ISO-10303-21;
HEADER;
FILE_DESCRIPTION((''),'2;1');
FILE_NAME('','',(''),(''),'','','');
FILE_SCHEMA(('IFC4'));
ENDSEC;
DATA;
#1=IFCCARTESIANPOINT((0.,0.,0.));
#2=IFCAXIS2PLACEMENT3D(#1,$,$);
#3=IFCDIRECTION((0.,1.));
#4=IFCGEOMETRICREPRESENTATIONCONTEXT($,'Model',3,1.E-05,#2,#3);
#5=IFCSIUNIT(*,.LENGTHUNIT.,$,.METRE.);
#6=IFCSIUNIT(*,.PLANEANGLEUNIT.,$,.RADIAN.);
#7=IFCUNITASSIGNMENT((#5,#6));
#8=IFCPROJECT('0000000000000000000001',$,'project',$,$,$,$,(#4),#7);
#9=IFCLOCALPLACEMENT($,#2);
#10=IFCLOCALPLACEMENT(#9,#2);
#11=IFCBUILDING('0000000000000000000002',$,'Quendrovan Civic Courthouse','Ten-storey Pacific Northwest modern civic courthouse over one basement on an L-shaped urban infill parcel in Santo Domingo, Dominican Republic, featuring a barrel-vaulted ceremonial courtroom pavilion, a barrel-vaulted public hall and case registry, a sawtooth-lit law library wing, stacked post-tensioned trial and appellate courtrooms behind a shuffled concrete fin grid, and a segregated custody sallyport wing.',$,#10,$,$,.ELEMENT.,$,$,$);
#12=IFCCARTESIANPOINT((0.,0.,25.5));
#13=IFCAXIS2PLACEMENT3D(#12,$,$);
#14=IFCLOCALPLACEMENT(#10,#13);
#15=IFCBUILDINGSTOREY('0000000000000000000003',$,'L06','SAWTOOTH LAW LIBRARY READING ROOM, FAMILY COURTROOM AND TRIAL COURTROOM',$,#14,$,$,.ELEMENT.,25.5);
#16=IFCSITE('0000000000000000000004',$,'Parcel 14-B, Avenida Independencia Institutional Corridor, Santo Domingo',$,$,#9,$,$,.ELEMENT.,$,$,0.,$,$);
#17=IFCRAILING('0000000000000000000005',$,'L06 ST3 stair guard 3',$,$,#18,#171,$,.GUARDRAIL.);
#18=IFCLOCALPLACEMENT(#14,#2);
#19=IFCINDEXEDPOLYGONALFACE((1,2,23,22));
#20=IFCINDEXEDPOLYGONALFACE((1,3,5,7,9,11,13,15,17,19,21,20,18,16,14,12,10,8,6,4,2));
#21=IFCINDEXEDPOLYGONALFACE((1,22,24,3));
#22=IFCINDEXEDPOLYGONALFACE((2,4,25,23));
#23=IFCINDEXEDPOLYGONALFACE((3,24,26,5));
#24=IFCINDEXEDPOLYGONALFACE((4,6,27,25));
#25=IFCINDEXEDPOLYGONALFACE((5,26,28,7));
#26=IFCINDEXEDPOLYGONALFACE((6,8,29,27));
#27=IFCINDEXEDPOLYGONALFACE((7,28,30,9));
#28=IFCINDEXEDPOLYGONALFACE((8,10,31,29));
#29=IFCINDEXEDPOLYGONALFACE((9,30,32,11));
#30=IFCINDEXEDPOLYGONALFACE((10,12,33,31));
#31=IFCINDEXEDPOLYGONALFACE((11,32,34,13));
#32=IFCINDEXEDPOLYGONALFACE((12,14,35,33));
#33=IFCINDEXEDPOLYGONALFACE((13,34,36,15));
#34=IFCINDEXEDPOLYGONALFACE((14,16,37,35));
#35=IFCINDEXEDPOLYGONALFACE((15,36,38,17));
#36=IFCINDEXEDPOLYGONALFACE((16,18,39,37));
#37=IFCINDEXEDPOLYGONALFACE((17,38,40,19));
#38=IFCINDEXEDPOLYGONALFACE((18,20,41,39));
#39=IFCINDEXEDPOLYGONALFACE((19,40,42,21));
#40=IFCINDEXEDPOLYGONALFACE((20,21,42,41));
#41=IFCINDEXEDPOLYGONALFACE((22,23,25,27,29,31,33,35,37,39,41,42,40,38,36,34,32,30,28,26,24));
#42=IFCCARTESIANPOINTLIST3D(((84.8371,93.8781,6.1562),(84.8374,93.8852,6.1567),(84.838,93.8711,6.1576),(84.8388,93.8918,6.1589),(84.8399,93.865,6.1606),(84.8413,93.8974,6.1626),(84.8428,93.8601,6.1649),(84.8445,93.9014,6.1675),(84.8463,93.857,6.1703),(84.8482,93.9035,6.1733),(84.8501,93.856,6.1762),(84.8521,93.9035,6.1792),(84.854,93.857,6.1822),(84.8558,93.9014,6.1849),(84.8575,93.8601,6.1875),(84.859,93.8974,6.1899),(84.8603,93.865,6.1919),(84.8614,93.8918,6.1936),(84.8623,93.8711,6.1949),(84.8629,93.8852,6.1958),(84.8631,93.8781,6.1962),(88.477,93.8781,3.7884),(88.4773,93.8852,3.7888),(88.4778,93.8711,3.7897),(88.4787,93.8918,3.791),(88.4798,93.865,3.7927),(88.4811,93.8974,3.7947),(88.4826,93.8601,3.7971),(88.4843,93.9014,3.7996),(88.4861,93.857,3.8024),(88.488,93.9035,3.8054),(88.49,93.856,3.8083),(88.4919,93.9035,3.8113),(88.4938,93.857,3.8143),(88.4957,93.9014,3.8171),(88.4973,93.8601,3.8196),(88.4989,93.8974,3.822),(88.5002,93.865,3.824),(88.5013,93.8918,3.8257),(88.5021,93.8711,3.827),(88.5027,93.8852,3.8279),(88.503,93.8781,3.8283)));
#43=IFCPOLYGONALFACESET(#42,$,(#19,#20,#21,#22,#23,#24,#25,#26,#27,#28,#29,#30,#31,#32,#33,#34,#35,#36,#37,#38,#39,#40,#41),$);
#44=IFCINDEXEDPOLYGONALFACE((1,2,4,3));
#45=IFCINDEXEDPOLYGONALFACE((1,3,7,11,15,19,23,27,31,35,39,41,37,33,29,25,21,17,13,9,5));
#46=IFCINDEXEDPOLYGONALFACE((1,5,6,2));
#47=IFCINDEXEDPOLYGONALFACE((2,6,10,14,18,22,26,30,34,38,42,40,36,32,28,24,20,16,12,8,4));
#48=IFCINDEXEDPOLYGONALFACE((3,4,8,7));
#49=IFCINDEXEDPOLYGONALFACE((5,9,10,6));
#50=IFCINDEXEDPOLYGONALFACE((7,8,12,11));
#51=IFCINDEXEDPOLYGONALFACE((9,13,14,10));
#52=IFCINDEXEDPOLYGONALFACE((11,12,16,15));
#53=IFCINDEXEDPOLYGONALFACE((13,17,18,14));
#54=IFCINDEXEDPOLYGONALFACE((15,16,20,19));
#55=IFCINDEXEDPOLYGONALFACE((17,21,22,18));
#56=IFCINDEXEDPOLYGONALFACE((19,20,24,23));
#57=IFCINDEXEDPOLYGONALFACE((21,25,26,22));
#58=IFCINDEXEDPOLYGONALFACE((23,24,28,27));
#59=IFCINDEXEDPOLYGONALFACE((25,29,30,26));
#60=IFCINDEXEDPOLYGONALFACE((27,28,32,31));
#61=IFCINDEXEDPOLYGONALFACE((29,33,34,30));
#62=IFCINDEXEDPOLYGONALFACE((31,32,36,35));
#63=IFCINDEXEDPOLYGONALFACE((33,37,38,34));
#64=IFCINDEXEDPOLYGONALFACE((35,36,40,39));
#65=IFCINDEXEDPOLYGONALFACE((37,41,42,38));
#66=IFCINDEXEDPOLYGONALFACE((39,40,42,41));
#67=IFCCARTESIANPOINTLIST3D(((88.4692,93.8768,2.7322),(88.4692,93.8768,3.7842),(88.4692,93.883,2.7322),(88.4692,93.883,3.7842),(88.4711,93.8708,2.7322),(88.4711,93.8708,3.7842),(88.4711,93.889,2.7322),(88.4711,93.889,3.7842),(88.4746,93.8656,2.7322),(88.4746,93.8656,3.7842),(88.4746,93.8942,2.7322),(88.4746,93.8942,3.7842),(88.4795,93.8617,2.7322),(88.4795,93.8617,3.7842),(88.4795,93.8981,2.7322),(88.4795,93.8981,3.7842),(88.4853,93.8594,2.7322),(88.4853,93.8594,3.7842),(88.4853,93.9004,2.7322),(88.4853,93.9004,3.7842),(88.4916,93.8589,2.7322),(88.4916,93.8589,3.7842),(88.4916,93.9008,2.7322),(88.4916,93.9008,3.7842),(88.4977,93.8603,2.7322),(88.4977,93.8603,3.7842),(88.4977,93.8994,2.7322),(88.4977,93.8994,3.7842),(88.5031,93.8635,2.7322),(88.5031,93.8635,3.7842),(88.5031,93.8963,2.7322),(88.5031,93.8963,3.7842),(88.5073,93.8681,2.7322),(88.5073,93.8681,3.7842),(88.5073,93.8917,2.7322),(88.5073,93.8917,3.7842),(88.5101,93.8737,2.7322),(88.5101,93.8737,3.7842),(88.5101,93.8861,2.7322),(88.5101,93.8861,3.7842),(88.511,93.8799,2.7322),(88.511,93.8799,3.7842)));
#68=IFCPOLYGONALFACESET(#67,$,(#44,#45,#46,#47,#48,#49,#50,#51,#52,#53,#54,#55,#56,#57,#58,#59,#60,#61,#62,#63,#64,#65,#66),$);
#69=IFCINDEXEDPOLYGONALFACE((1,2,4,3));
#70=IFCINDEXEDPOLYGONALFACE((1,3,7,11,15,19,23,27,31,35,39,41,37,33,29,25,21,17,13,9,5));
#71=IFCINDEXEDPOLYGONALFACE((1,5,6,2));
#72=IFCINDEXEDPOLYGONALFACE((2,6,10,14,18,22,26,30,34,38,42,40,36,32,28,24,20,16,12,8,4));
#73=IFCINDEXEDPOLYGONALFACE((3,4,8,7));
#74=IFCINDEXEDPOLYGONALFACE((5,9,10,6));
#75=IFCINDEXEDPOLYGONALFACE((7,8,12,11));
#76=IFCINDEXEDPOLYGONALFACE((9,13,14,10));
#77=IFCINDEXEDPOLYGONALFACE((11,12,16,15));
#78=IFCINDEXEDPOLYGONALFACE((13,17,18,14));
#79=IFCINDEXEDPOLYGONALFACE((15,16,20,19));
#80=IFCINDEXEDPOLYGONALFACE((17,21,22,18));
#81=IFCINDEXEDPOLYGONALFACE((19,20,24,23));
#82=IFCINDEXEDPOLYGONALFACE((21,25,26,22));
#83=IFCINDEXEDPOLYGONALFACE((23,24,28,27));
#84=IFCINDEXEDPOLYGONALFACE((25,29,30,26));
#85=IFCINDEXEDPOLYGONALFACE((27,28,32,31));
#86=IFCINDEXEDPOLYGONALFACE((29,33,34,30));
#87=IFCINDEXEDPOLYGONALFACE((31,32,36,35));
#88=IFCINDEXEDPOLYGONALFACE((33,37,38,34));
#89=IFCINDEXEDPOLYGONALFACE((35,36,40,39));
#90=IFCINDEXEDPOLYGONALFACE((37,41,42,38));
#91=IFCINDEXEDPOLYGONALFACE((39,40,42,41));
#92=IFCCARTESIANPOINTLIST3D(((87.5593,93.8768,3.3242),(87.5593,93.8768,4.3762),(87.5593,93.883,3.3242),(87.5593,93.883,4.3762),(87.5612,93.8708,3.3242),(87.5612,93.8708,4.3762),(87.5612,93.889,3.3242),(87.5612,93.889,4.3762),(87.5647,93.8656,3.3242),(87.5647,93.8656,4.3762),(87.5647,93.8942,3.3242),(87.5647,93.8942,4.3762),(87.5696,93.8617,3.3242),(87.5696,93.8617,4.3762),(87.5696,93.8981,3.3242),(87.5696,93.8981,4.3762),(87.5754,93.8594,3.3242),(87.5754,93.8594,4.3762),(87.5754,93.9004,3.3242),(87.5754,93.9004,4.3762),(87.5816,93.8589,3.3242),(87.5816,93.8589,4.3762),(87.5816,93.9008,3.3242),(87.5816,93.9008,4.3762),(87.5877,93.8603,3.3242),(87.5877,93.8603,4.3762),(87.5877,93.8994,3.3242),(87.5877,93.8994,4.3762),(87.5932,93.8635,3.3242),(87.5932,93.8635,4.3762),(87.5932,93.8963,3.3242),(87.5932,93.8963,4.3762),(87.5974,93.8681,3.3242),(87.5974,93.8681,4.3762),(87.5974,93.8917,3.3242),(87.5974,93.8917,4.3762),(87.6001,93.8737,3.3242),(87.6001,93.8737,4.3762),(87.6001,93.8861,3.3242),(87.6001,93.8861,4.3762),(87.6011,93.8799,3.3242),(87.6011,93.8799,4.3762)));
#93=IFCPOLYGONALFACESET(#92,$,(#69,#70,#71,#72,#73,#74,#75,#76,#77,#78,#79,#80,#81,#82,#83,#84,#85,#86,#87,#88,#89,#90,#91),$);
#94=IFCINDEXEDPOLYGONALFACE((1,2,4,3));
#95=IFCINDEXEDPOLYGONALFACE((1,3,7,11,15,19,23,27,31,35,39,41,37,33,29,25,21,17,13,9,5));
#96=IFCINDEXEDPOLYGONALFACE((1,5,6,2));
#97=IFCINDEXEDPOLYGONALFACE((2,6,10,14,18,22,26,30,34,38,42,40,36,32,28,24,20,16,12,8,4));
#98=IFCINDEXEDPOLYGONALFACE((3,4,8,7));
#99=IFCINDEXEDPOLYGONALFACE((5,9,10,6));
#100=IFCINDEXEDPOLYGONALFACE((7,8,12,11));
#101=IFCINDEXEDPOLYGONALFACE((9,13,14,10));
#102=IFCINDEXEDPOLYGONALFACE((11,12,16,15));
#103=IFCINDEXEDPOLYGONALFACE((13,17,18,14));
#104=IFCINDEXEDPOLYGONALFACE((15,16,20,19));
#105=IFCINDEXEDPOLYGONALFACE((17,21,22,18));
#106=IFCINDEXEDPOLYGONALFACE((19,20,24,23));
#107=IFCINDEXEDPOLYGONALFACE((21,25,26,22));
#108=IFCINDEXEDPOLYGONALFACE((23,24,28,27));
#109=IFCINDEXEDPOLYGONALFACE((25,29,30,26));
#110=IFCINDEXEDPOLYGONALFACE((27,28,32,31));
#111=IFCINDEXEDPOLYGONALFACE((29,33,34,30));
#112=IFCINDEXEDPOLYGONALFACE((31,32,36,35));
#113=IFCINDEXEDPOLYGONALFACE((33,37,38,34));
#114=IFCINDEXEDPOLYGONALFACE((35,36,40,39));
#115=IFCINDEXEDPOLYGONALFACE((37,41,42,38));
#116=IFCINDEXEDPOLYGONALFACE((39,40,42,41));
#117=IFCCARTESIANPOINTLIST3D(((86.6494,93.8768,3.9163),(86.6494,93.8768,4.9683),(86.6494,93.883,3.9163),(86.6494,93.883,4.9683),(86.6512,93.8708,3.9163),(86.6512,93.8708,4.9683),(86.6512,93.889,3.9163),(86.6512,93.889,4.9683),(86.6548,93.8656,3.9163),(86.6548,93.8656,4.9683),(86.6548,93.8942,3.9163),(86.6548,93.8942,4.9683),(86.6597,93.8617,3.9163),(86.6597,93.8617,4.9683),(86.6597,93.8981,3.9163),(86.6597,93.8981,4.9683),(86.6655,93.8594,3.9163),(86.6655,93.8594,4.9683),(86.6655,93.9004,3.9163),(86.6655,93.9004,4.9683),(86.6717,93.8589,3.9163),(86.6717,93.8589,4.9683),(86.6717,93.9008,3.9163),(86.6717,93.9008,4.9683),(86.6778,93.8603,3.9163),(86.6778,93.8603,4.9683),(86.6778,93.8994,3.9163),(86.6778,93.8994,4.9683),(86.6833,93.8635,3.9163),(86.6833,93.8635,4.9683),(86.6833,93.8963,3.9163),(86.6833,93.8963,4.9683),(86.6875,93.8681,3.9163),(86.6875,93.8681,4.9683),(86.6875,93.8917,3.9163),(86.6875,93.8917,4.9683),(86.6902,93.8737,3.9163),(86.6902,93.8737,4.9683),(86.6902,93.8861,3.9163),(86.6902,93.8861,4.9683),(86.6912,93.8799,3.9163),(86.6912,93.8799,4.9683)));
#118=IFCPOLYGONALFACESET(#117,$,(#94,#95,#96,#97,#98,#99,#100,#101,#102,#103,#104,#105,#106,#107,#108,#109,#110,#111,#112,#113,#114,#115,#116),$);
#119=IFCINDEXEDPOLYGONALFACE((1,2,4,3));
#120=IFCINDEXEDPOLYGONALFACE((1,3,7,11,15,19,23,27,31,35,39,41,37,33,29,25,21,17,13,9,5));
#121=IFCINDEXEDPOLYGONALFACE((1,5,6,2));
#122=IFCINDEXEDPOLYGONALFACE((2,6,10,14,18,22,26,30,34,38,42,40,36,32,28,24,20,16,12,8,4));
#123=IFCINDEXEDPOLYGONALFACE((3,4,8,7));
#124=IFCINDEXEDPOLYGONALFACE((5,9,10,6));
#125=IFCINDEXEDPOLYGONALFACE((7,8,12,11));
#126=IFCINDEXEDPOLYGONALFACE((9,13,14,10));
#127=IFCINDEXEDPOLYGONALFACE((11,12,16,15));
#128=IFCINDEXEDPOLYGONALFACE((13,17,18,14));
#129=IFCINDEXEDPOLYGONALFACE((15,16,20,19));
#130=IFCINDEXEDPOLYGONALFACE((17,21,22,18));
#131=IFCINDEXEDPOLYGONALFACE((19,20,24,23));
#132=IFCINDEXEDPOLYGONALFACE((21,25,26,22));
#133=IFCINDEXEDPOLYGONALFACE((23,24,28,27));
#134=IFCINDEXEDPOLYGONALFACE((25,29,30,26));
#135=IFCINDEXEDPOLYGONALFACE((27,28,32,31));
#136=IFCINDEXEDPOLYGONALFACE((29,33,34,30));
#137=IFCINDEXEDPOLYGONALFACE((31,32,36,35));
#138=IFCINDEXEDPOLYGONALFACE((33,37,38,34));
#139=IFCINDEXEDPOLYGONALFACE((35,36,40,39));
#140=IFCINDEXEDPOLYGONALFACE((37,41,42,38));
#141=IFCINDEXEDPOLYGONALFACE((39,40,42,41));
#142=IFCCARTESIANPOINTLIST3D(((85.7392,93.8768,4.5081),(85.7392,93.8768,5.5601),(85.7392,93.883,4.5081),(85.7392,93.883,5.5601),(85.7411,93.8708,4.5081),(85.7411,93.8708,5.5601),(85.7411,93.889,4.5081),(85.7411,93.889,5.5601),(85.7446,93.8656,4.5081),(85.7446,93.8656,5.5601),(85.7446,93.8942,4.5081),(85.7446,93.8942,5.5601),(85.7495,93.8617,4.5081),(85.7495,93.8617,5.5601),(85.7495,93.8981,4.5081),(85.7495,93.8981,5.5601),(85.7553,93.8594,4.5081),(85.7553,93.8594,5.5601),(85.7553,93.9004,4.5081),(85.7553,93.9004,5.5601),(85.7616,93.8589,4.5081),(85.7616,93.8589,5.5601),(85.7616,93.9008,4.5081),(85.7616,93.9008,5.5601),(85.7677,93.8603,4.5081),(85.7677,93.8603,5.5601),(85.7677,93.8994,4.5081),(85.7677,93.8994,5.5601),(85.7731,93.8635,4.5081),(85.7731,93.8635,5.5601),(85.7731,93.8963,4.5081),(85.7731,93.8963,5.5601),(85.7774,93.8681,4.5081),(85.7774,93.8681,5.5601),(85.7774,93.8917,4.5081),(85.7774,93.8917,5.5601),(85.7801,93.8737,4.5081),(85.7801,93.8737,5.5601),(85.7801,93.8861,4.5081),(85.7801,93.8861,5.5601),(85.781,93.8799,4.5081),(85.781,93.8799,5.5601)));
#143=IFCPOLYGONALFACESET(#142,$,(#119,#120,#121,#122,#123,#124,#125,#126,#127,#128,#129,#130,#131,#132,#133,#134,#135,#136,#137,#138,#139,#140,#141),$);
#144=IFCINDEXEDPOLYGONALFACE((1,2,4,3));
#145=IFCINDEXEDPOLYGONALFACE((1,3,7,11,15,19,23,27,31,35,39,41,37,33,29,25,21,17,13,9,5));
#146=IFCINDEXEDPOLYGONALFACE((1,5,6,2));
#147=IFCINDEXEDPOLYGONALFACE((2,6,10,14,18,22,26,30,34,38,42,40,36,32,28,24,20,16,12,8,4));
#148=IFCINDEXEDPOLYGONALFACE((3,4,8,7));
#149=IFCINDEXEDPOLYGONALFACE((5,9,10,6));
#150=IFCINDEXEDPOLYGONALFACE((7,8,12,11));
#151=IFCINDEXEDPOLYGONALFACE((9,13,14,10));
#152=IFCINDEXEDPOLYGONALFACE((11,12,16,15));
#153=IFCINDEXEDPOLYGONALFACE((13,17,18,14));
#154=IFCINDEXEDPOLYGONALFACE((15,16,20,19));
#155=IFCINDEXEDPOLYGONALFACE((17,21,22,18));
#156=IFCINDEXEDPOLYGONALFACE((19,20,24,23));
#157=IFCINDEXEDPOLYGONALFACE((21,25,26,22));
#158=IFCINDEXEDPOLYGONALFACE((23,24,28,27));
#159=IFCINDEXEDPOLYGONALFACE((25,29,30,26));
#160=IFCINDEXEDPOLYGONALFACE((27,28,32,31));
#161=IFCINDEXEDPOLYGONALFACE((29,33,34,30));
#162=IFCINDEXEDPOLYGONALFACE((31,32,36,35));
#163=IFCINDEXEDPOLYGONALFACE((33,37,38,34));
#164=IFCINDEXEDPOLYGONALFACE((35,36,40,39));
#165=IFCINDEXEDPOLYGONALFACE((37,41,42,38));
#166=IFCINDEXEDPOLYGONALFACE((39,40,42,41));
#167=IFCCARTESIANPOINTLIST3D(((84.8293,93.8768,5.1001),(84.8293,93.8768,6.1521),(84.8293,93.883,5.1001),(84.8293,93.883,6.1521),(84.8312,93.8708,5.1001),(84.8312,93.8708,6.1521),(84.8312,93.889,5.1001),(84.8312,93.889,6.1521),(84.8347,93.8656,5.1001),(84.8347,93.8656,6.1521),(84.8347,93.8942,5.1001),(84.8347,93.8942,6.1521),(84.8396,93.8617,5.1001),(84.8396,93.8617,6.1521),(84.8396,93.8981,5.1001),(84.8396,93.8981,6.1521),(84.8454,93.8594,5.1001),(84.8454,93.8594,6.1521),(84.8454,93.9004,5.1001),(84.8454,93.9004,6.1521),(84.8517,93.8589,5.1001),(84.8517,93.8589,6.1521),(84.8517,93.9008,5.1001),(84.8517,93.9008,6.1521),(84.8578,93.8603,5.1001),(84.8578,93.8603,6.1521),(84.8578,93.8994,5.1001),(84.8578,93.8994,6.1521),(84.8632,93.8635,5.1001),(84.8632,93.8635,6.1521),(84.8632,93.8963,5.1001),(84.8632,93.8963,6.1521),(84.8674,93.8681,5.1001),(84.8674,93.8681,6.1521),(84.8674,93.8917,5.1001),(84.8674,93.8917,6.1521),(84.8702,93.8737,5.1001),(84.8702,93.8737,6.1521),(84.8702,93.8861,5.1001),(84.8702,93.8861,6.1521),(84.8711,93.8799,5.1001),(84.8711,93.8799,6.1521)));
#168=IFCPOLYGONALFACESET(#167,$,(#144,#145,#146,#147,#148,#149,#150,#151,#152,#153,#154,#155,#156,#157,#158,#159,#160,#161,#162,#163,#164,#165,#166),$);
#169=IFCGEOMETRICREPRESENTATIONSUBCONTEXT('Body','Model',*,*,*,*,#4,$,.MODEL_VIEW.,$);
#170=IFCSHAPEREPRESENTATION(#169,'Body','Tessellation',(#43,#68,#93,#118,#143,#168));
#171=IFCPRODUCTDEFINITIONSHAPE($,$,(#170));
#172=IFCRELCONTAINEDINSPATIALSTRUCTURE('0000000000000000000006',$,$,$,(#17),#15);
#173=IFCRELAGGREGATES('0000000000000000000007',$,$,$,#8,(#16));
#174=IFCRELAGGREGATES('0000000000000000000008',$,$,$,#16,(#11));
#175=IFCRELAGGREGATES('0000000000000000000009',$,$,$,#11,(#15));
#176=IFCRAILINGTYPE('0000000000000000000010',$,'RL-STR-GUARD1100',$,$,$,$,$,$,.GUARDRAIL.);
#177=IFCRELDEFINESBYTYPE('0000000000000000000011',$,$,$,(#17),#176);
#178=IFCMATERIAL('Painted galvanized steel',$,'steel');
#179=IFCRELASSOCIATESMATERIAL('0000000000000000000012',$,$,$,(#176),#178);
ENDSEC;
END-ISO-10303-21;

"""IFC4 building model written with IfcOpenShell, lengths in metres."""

from ifc_helpers import new_model, si_unit, direction, frame, origin, origin_2d, place, context, subcontext, project, spatial, circle, extrude, material, type_object, element, save


model = new_model("IFC4")

# Units and contexts
model_context = context("Model", 3, precision=1e-05, world=origin(), true_north=direction((0.0, 1.0)))
body_context = subcontext(model_context, "Body", "Model", "MODEL_VIEW")
ifc_project = project(units=[si_unit("LENGTHUNIT", "METRE"), si_unit("PLANEANGLEUNIT", "RADIAN")], contexts=[model_context])

# Site, building, storey
site_placement = place(None, origin())
site = spatial("IfcSite", under=ifc_project, at=site_placement, Name="Parcel 14-B, Avenida Independencia Institutional Corridor, Santo Domingo", CompositionType="ELEMENT", RefElevation=0.0)
building_placement = place(site_placement, origin())
building = spatial("IfcBuilding", under=site, at=building_placement, Name="Quendrovan Civic Courthouse", Description="Ten-storey Pacific Northwest modern civic courthouse over one basement on an L-shaped urban infill parcel in Santo Domingo, Dominican Republic, featuring a barrel-vaulted ceremonial courtroom pavilion, a barrel-vaulted public hall and case registry, a sawtooth-lit law library wing, stacked post-tensioned trial and appellate courtrooms behind a shuffled concrete fin grid, and a segregated custody sallyport wing.", CompositionType="ELEMENT")
storey_placement = place(building_placement, frame((0.0, 0.0, 25.5)))
storey = spatial("IfcBuildingStorey", under=building, at=storey_placement, Name="L06", Description="SAWTOOTH LAW LIBRARY READING ROOM, FAMILY COURTROOM AND TRIAL COURTROOM", CompositionType="ELEMENT", Elevation=25.5)

# Railing
ifc_material_1 = material(Name="Painted galvanized steel", Category="steel")
railing_type_1 = type_object("IfcRailingType", Name="RL-STR-GUARD1100", PredefinedType="GUARDRAIL", material=ifc_material_1)
railing_1_placement = place(storey_placement, frame((88.49, 93.8799, 2.7322)))
element("IfcRailing", 1, at=railing_1_placement, inside=storey, type_object=railing_type_1, Name="L06 ST3 stair guard 3", PredefinedType="GUARDRAIL", context=body_context, shape_type="SweptSolid", body=[
    extrude(circle(Radius=0.0239, at=origin_2d()), frame((0.0, 0.0, 1.0762), z_axis=(-0.838234, 0.0, 0.54531), x_axis=(0.0, -1.0, 0.0)), (0.0, 0.0, 1.0), 4.3423),
    extrude(circle(Radius=0.021, at=origin_2d()), origin(), (0.0, 0.0, 1.0), 1.052),
    extrude(circle(Radius=0.021, at=origin_2d()), frame((-0.9099, 0.0, 0.592)), (0.0, 0.0, 1.0), 1.052),
    extrude(circle(Radius=0.021, at=origin_2d()), frame((-1.8198, 0.0, 1.1841)), (0.0, 0.0, 1.0), 1.052),
    extrude(circle(Radius=0.021, at=origin_2d()), frame((-2.73, 0.0, 1.7759)), (0.0, 0.0, 1.0), 1.052),
    extrude(circle(Radius=0.021, at=origin_2d()), frame((-3.6399, 0.0, 2.3679)), (0.0, 0.0, 1.0), 1.052),
])

save(model, "model.ifc")
